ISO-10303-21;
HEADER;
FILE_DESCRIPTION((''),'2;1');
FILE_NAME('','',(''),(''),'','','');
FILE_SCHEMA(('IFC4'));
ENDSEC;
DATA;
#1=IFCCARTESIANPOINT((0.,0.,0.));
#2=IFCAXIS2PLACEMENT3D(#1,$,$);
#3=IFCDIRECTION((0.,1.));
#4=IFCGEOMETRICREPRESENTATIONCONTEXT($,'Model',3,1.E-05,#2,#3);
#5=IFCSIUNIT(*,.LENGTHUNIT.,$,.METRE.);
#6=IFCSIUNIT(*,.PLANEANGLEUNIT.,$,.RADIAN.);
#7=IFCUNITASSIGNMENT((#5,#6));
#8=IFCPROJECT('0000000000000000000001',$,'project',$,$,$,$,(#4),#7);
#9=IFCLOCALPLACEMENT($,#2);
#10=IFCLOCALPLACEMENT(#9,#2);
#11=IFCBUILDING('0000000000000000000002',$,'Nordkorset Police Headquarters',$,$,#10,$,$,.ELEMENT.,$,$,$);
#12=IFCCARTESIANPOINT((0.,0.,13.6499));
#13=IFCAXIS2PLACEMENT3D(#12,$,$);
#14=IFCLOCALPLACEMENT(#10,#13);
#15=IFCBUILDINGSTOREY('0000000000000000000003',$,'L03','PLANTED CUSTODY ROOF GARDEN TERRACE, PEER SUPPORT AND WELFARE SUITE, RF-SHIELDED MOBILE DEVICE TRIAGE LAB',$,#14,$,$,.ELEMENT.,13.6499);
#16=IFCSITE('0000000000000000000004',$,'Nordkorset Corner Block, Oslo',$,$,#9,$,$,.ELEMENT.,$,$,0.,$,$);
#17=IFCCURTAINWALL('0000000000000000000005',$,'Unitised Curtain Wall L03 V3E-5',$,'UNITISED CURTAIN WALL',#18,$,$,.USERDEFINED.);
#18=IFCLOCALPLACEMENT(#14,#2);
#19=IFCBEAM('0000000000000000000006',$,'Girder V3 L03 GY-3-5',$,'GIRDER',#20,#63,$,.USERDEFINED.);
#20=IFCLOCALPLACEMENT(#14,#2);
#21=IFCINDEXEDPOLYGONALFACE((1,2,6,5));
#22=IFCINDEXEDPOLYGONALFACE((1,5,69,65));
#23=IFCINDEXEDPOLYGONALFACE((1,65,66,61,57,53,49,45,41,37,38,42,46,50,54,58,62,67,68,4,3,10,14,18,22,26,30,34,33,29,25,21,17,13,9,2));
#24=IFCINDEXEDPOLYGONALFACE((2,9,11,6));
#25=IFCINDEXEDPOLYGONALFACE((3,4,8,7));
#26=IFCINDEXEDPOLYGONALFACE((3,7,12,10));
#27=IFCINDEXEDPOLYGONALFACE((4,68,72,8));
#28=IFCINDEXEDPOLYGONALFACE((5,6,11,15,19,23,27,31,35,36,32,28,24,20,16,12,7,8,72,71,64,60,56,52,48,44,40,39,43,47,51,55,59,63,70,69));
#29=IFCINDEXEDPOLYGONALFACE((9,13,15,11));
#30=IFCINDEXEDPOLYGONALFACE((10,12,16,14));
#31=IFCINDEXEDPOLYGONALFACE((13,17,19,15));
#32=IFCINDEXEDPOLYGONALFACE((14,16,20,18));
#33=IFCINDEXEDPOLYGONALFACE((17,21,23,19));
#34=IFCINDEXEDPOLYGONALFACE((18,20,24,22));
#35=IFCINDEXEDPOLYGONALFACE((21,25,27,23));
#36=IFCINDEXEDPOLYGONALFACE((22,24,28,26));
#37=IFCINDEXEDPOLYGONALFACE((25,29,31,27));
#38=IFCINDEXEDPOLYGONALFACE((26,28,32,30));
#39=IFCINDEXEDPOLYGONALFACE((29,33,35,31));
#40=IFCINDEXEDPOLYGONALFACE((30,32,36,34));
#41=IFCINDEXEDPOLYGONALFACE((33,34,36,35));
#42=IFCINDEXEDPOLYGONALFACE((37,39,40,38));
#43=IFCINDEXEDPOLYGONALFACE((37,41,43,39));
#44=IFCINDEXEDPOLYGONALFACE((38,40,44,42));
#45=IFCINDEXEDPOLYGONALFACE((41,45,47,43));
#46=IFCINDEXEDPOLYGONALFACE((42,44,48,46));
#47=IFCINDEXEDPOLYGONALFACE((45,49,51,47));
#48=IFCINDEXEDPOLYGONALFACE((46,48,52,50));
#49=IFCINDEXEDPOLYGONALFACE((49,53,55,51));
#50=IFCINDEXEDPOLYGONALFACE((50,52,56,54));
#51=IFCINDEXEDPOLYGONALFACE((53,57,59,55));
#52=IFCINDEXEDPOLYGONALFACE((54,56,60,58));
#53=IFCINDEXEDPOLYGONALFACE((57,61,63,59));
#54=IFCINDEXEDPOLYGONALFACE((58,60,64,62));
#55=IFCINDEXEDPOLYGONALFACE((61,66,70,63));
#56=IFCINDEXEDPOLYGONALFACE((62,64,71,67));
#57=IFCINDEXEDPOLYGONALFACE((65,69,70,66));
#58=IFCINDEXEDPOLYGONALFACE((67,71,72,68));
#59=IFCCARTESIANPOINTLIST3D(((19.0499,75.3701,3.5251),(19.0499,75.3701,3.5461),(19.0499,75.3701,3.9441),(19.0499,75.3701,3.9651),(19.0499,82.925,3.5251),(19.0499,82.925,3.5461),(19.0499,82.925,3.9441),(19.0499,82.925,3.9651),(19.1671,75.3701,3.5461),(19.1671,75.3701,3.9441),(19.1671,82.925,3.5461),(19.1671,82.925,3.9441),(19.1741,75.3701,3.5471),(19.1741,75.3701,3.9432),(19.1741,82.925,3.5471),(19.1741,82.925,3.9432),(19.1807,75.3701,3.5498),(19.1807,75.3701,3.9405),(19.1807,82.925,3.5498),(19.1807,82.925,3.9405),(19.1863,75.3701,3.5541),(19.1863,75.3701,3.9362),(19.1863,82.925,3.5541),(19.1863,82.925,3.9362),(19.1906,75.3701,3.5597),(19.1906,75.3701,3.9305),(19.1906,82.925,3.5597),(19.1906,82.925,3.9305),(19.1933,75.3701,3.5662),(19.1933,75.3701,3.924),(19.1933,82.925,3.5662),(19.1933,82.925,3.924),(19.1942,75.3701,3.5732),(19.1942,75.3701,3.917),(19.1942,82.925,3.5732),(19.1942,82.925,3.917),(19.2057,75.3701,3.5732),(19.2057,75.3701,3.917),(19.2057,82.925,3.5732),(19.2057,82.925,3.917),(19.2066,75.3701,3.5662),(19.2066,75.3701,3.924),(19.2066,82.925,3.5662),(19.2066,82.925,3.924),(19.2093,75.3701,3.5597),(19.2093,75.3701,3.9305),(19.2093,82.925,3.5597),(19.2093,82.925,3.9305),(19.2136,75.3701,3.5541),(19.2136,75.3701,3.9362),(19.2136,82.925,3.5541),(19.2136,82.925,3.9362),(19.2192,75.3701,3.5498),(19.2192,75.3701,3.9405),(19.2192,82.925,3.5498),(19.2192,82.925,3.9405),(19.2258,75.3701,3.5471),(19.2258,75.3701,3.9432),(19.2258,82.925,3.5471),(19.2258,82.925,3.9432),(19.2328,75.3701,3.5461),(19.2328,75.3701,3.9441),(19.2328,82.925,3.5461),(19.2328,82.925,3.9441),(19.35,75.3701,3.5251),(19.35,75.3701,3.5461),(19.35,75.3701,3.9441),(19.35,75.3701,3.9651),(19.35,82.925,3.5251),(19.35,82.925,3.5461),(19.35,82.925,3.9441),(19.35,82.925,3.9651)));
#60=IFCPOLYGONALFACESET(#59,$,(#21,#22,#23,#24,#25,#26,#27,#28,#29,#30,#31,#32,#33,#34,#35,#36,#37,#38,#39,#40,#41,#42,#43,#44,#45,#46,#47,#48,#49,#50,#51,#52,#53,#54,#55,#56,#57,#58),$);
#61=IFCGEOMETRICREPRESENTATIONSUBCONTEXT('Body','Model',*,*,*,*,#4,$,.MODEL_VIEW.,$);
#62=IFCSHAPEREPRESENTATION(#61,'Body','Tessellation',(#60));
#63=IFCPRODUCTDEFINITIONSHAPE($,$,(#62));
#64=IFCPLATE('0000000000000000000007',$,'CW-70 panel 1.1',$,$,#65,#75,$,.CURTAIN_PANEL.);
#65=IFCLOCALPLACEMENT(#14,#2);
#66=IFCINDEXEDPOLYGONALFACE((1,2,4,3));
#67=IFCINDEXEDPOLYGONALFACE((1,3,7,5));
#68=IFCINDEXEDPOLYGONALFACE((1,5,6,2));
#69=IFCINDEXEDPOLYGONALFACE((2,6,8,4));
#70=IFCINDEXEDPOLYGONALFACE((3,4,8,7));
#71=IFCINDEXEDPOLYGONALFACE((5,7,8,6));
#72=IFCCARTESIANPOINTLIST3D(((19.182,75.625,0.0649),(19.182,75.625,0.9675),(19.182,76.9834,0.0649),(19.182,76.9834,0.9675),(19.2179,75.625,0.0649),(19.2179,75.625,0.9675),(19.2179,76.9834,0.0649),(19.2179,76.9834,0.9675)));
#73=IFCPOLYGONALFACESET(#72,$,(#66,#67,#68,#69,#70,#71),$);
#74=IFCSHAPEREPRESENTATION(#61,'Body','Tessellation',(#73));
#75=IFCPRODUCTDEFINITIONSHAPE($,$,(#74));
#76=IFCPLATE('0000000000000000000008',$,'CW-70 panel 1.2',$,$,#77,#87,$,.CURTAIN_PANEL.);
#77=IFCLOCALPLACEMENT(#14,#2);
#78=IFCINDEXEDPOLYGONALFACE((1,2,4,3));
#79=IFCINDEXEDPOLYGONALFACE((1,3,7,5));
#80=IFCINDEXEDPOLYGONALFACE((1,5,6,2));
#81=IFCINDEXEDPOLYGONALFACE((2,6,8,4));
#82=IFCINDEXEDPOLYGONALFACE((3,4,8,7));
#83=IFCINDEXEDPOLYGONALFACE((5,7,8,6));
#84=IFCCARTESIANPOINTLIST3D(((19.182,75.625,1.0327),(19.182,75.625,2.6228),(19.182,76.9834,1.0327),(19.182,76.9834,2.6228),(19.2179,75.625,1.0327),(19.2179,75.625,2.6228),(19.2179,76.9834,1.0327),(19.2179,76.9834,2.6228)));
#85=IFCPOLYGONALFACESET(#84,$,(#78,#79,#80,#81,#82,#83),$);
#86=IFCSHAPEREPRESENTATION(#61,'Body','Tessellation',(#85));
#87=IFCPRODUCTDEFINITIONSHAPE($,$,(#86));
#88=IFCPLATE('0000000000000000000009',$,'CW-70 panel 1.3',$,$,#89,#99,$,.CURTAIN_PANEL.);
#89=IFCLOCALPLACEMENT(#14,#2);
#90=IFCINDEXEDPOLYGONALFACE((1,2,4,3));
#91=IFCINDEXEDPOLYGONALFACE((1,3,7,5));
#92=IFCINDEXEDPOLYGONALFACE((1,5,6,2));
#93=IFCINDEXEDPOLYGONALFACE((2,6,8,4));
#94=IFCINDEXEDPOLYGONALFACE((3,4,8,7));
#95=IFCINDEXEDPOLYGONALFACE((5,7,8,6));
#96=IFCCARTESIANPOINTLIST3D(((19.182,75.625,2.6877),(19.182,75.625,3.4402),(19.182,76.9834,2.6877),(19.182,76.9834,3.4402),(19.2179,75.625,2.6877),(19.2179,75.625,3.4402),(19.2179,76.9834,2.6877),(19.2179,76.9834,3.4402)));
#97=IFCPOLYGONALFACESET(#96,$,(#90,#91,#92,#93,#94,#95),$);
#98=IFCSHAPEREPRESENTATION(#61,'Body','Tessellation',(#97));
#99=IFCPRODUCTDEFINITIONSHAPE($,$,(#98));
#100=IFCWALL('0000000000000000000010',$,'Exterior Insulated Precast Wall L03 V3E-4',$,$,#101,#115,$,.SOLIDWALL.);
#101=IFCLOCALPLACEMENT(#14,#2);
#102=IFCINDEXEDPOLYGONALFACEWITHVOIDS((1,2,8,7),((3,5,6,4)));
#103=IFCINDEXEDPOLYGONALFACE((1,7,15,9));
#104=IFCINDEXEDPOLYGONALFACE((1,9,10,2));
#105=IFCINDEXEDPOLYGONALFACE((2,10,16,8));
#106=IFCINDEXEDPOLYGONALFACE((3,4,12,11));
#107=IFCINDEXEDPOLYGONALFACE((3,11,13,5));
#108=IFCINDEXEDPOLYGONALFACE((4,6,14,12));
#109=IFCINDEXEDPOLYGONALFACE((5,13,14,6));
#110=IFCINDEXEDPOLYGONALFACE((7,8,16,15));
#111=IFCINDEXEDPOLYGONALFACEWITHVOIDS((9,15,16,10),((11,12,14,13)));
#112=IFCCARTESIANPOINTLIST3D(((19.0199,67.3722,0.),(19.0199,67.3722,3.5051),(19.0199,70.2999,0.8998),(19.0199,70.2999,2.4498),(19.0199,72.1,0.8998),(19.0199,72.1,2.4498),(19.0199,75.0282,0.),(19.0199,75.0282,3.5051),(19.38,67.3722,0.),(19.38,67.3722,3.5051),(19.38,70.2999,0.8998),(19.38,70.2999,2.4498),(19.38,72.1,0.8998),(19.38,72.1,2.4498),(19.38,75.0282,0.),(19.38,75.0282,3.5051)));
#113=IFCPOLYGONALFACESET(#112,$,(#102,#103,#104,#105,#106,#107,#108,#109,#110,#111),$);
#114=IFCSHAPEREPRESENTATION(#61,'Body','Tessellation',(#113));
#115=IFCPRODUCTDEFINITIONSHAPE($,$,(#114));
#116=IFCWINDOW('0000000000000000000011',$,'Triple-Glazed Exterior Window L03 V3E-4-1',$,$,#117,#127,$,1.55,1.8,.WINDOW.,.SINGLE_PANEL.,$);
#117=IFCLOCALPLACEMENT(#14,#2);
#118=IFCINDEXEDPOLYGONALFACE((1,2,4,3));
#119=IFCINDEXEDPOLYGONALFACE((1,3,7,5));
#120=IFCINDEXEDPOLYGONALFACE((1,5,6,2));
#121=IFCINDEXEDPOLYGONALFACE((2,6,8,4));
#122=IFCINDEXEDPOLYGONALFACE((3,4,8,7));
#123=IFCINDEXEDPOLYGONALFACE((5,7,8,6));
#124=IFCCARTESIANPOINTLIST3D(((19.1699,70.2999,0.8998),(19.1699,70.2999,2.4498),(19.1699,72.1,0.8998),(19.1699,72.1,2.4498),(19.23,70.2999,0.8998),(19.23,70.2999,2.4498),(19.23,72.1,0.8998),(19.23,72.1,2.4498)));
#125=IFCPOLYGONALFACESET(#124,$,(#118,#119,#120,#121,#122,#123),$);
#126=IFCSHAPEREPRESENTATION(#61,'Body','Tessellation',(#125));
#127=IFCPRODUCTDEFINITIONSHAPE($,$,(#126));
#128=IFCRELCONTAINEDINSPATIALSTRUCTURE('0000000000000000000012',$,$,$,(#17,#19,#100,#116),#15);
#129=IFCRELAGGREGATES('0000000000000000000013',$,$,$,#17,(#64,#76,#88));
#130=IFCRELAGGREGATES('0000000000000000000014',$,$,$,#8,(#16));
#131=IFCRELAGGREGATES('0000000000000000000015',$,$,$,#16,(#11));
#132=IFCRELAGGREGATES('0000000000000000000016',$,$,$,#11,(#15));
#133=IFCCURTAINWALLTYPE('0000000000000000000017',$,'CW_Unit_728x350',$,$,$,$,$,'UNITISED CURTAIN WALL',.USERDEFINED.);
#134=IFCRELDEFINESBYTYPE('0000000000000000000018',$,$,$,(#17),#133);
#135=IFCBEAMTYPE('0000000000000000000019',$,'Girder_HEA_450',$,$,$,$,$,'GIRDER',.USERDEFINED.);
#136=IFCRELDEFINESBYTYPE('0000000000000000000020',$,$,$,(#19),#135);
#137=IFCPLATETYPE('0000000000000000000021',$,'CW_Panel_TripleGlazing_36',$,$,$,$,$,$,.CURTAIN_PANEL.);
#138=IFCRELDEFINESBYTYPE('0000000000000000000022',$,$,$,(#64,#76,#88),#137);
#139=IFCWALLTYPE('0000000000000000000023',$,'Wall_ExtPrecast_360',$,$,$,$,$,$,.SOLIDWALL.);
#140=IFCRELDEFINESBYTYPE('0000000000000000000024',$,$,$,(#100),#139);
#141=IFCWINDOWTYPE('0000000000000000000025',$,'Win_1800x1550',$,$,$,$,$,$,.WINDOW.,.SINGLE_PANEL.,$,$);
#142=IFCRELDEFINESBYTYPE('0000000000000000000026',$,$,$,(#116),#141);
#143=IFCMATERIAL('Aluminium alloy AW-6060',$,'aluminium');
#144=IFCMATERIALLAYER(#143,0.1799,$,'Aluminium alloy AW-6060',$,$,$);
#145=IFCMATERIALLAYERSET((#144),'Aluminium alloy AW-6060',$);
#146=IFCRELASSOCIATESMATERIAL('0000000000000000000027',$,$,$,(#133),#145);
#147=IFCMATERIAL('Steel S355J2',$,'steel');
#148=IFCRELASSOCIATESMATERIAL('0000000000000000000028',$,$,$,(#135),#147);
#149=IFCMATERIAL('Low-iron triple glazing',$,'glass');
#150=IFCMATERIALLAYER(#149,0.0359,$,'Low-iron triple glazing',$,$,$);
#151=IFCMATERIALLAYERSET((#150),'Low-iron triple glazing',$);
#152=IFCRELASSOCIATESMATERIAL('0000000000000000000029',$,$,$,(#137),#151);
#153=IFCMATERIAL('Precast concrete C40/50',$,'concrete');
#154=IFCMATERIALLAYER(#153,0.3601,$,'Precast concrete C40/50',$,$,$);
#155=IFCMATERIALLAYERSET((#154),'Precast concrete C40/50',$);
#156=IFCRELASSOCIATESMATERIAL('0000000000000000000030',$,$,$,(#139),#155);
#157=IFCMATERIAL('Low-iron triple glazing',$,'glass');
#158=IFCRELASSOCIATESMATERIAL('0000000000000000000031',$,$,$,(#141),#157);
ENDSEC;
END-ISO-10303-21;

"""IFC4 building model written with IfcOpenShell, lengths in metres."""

from ifc_helpers import new_model, si_unit, direction, frame, frame_2d, origin, origin_2d, place, context, subcontext, project, spatial, rectangle, i_section, extrude, material, layer, layer_set, material_profile, profile_set, type_object, element, fill, aggregate, save


model = new_model("IFC4")

# Units and contexts
model_context = context("Model", 3, precision=1e-05, world=origin(), true_north=direction((0.0, 1.0)))
body_context = subcontext(model_context, "Body", "Model", "MODEL_VIEW")
ifc_project = project(units=[si_unit("LENGTHUNIT", "METRE"), si_unit("PLANEANGLEUNIT", "RADIAN")], contexts=[model_context])

# Site, building, storey
site_placement = place(None, origin())
site = spatial("IfcSite", under=ifc_project, at=site_placement, Name="Nordkorset Corner Block, Oslo", CompositionType="ELEMENT", RefElevation=0.0)
building_placement = place(site_placement, origin())
building = spatial("IfcBuilding", under=site, at=building_placement, Name="Nordkorset Police Headquarters", CompositionType="ELEMENT")
storey_placement = place(building_placement, frame((0.0, 0.0, 13.6499)))
storey = spatial("IfcBuildingStorey", under=building, at=storey_placement, Name="L03", Description="PLANTED CUSTODY ROOF GARDEN TERRACE, PEER SUPPORT AND WELFARE SUITE, RF-SHIELDED MOBILE DEVICE TRIAGE LAB", CompositionType="ELEMENT", Elevation=13.6499)

# Curtain wall
ifc_material_1 = material(Name="Aluminium alloy AW-6060", Category="aluminium")
ifc_layer_1 = layer(ifc_material_1, 0.1799, Name="Aluminium alloy AW-6060")
ifc_layer_set_1 = layer_set([ifc_layer_1], Name="Aluminium alloy AW-6060")
curtain_wall_type = type_object("IfcCurtainWallType", Name="CW_Unit_728x350", ElementType="UNITISED CURTAIN WALL", PredefinedType="USERDEFINED", material=ifc_layer_set_1)
curtain_wall_placement = place(storey_placement, origin())
curtain_wall = element("IfcCurtainWall", 1, at=curtain_wall_placement, inside=storey, type_object=curtain_wall_type, Name="Unitised Curtain Wall L03 V3E-5", ObjectType="UNITISED CURTAIN WALL", PredefinedType="USERDEFINED")

# Beam
ifc_material_2 = material(Name="Steel S355J2", Category="steel")
ifc_material_profile_1 = material_profile(ifc_material_2, i_section(OverallWidth=0.3, OverallDepth=0.4399, WebThickness=0.0115, FlangeThickness=0.021, FilletRadius=0.0271, at=origin_2d()), Name="HEA 450")
ifc_profile_set_1 = profile_set([ifc_material_profile_1], Name="Steel S355J2")
beam_type_1 = type_object("IfcBeamType", Name="Girder_HEA_450", ElementType="GIRDER", PredefinedType="USERDEFINED", material=ifc_profile_set_1)
beam_1_placement = place(storey_placement, frame((19.2, 75.3701, 3.7451), z_axis=(0.0, 1.0, 0.0), x_axis=(-1.0, 0.0, 0.0)))
element("IfcBeam", 2, at=beam_1_placement, inside=storey, type_object=beam_type_1, Name="Girder V3 L03 GY-3-5", ObjectType="GIRDER", PredefinedType="USERDEFINED", context=body_context, shape_type="SweptSolid", body=[
    extrude(i_section(OverallWidth=0.3, OverallDepth=0.4399, WebThickness=0.0115, FlangeThickness=0.021, FilletRadius=0.0271, at=origin_2d()), origin(), (0.0, 0.0, 1.0), 7.5549),
])

# Plates
ifc_material_3 = material(Name="Low-iron triple glazing", Category="glass")
ifc_layer_2 = layer(ifc_material_3, 0.0359, Name="Low-iron triple glazing")
ifc_layer_set_2 = layer_set([ifc_layer_2], Name="Low-iron triple glazing")
plate_type = type_object("IfcPlateType", Name="CW_Panel_TripleGlazing_36", PredefinedType="CURTAIN_PANEL", material=ifc_layer_set_2)
plate_1_placement = place(storey_placement, frame((19.2, 76.3042, 0.0649), z_axis=(0.0, 0.0, 1.0), x_axis=(0.0, 1.0, 0.0)))
plate_1 = element("IfcPlate", 3, at=plate_1_placement, type_object=plate_type, Name="CW-70 panel 1.1", PredefinedType="CURTAIN_PANEL", context=body_context, shape_type="SweptSolid", body=[
    extrude(rectangle(XDim=1.3584, YDim=0.0359, at=origin_2d()), origin(), (0.0, 0.0, 1.0), 0.9026),
])
plate_2_placement = place(storey_placement, frame((19.2, 76.3042, 1.0327), z_axis=(0.0, 0.0, 1.0), x_axis=(0.0, 1.0, 0.0)))
plate_2 = element("IfcPlate", 4, at=plate_2_placement, type_object=plate_type, Name="CW-70 panel 1.2", PredefinedType="CURTAIN_PANEL", context=body_context, shape_type="SweptSolid", body=[
    extrude(rectangle(XDim=1.3584, YDim=0.0359, at=origin_2d()), origin(), (0.0, 0.0, 1.0), 1.5901),
])
plate_3_placement = place(storey_placement, frame((19.2, 76.3042, 2.6877), z_axis=(0.0, 0.0, 1.0), x_axis=(0.0, 1.0, 0.0)))
plate_3 = element("IfcPlate", 5, at=plate_3_placement, type_object=plate_type, Name="CW-70 panel 1.3", PredefinedType="CURTAIN_PANEL", context=body_context, shape_type="SweptSolid", body=[
    extrude(rectangle(XDim=1.3584, YDim=0.0359, at=origin_2d()), origin(), (0.0, 0.0, 1.0), 0.7524),
])
aggregate(curtain_wall, [plate_1, plate_2, plate_3])

# Wall, opening, window
ifc_material_4 = material(Name="Precast concrete C40/50", Category="concrete")
ifc_layer_3 = layer(ifc_material_4, 0.3601, Name="Precast concrete C40/50")
ifc_layer_set_3 = layer_set([ifc_layer_3], Name="Precast concrete C40/50")
wall_type = type_object("IfcWallType", Name="Wall_ExtPrecast_360", PredefinedType="SOLIDWALL", material=ifc_layer_set_3)
wall_placement = place(storey_placement, frame((19.2, 67.3721, 0.0), z_axis=(0.0, 0.0, 1.0), x_axis=(0.0, 1.0, 0.0)))
wall = element("IfcWall", 6, at=wall_placement, inside=storey, type_object=wall_type, Name="Exterior Insulated Precast Wall L03 V3E-4", PredefinedType="SOLIDWALL", context=body_context, shape_type="SweptSolid", body=[
    extrude(rectangle(XDim=7.656, YDim=0.3601, at=frame_2d((3.8281, 0.0))), origin(), (0.0, 0.0, 1.0), 3.5051),
])
opening_placement = place(wall_placement, frame((2.928, 0.0, 0.8999)))
opening = element("IfcOpeningElement", 7, at=opening_placement, cuts=wall, PredefinedType="OPENING", context=body_context, shape_type="SweptSolid", body=[
    extrude(rectangle(XDim=1.8, YDim=1.55, at=frame_2d((0.8999, 0.7749))), frame((0.0, 0.1899, 0.0), z_axis=(0.0, -1.0, 0.0), x_axis=(1.0, 0.0, 0.0)), (0.0, 0.0, 1.0), 0.3801),
])
ifc_material_5 = material(Name="Low-iron triple glazing", Category="glass")
window_type = type_object("IfcWindowType", Name="Win_1800x1550", PartitioningType="SINGLE_PANEL", PredefinedType="WINDOW", material=ifc_material_5)
window_placement = place(opening_placement, origin())
window = element("IfcWindow", 8, at=window_placement, inside=storey, type_object=window_type, Name="Triple-Glazed Exterior Window L03 V3E-4-1", OverallHeight=1.55, OverallWidth=1.8, PartitioningType="SINGLE_PANEL", PredefinedType="WINDOW", context=body_context, shape_type="SweptSolid", body=[
    extrude(rectangle(XDim=1.8, YDim=1.55, at=frame_2d((0.8999, 0.7749))), frame((0.0, 0.03, 0.0), z_axis=(0.0, -1.0, 0.0), x_axis=(1.0, 0.0, 0.0)), (0.0, 0.0, 1.0), 0.0601),
])
fill(opening, window)

save(model, "model.ifc")
